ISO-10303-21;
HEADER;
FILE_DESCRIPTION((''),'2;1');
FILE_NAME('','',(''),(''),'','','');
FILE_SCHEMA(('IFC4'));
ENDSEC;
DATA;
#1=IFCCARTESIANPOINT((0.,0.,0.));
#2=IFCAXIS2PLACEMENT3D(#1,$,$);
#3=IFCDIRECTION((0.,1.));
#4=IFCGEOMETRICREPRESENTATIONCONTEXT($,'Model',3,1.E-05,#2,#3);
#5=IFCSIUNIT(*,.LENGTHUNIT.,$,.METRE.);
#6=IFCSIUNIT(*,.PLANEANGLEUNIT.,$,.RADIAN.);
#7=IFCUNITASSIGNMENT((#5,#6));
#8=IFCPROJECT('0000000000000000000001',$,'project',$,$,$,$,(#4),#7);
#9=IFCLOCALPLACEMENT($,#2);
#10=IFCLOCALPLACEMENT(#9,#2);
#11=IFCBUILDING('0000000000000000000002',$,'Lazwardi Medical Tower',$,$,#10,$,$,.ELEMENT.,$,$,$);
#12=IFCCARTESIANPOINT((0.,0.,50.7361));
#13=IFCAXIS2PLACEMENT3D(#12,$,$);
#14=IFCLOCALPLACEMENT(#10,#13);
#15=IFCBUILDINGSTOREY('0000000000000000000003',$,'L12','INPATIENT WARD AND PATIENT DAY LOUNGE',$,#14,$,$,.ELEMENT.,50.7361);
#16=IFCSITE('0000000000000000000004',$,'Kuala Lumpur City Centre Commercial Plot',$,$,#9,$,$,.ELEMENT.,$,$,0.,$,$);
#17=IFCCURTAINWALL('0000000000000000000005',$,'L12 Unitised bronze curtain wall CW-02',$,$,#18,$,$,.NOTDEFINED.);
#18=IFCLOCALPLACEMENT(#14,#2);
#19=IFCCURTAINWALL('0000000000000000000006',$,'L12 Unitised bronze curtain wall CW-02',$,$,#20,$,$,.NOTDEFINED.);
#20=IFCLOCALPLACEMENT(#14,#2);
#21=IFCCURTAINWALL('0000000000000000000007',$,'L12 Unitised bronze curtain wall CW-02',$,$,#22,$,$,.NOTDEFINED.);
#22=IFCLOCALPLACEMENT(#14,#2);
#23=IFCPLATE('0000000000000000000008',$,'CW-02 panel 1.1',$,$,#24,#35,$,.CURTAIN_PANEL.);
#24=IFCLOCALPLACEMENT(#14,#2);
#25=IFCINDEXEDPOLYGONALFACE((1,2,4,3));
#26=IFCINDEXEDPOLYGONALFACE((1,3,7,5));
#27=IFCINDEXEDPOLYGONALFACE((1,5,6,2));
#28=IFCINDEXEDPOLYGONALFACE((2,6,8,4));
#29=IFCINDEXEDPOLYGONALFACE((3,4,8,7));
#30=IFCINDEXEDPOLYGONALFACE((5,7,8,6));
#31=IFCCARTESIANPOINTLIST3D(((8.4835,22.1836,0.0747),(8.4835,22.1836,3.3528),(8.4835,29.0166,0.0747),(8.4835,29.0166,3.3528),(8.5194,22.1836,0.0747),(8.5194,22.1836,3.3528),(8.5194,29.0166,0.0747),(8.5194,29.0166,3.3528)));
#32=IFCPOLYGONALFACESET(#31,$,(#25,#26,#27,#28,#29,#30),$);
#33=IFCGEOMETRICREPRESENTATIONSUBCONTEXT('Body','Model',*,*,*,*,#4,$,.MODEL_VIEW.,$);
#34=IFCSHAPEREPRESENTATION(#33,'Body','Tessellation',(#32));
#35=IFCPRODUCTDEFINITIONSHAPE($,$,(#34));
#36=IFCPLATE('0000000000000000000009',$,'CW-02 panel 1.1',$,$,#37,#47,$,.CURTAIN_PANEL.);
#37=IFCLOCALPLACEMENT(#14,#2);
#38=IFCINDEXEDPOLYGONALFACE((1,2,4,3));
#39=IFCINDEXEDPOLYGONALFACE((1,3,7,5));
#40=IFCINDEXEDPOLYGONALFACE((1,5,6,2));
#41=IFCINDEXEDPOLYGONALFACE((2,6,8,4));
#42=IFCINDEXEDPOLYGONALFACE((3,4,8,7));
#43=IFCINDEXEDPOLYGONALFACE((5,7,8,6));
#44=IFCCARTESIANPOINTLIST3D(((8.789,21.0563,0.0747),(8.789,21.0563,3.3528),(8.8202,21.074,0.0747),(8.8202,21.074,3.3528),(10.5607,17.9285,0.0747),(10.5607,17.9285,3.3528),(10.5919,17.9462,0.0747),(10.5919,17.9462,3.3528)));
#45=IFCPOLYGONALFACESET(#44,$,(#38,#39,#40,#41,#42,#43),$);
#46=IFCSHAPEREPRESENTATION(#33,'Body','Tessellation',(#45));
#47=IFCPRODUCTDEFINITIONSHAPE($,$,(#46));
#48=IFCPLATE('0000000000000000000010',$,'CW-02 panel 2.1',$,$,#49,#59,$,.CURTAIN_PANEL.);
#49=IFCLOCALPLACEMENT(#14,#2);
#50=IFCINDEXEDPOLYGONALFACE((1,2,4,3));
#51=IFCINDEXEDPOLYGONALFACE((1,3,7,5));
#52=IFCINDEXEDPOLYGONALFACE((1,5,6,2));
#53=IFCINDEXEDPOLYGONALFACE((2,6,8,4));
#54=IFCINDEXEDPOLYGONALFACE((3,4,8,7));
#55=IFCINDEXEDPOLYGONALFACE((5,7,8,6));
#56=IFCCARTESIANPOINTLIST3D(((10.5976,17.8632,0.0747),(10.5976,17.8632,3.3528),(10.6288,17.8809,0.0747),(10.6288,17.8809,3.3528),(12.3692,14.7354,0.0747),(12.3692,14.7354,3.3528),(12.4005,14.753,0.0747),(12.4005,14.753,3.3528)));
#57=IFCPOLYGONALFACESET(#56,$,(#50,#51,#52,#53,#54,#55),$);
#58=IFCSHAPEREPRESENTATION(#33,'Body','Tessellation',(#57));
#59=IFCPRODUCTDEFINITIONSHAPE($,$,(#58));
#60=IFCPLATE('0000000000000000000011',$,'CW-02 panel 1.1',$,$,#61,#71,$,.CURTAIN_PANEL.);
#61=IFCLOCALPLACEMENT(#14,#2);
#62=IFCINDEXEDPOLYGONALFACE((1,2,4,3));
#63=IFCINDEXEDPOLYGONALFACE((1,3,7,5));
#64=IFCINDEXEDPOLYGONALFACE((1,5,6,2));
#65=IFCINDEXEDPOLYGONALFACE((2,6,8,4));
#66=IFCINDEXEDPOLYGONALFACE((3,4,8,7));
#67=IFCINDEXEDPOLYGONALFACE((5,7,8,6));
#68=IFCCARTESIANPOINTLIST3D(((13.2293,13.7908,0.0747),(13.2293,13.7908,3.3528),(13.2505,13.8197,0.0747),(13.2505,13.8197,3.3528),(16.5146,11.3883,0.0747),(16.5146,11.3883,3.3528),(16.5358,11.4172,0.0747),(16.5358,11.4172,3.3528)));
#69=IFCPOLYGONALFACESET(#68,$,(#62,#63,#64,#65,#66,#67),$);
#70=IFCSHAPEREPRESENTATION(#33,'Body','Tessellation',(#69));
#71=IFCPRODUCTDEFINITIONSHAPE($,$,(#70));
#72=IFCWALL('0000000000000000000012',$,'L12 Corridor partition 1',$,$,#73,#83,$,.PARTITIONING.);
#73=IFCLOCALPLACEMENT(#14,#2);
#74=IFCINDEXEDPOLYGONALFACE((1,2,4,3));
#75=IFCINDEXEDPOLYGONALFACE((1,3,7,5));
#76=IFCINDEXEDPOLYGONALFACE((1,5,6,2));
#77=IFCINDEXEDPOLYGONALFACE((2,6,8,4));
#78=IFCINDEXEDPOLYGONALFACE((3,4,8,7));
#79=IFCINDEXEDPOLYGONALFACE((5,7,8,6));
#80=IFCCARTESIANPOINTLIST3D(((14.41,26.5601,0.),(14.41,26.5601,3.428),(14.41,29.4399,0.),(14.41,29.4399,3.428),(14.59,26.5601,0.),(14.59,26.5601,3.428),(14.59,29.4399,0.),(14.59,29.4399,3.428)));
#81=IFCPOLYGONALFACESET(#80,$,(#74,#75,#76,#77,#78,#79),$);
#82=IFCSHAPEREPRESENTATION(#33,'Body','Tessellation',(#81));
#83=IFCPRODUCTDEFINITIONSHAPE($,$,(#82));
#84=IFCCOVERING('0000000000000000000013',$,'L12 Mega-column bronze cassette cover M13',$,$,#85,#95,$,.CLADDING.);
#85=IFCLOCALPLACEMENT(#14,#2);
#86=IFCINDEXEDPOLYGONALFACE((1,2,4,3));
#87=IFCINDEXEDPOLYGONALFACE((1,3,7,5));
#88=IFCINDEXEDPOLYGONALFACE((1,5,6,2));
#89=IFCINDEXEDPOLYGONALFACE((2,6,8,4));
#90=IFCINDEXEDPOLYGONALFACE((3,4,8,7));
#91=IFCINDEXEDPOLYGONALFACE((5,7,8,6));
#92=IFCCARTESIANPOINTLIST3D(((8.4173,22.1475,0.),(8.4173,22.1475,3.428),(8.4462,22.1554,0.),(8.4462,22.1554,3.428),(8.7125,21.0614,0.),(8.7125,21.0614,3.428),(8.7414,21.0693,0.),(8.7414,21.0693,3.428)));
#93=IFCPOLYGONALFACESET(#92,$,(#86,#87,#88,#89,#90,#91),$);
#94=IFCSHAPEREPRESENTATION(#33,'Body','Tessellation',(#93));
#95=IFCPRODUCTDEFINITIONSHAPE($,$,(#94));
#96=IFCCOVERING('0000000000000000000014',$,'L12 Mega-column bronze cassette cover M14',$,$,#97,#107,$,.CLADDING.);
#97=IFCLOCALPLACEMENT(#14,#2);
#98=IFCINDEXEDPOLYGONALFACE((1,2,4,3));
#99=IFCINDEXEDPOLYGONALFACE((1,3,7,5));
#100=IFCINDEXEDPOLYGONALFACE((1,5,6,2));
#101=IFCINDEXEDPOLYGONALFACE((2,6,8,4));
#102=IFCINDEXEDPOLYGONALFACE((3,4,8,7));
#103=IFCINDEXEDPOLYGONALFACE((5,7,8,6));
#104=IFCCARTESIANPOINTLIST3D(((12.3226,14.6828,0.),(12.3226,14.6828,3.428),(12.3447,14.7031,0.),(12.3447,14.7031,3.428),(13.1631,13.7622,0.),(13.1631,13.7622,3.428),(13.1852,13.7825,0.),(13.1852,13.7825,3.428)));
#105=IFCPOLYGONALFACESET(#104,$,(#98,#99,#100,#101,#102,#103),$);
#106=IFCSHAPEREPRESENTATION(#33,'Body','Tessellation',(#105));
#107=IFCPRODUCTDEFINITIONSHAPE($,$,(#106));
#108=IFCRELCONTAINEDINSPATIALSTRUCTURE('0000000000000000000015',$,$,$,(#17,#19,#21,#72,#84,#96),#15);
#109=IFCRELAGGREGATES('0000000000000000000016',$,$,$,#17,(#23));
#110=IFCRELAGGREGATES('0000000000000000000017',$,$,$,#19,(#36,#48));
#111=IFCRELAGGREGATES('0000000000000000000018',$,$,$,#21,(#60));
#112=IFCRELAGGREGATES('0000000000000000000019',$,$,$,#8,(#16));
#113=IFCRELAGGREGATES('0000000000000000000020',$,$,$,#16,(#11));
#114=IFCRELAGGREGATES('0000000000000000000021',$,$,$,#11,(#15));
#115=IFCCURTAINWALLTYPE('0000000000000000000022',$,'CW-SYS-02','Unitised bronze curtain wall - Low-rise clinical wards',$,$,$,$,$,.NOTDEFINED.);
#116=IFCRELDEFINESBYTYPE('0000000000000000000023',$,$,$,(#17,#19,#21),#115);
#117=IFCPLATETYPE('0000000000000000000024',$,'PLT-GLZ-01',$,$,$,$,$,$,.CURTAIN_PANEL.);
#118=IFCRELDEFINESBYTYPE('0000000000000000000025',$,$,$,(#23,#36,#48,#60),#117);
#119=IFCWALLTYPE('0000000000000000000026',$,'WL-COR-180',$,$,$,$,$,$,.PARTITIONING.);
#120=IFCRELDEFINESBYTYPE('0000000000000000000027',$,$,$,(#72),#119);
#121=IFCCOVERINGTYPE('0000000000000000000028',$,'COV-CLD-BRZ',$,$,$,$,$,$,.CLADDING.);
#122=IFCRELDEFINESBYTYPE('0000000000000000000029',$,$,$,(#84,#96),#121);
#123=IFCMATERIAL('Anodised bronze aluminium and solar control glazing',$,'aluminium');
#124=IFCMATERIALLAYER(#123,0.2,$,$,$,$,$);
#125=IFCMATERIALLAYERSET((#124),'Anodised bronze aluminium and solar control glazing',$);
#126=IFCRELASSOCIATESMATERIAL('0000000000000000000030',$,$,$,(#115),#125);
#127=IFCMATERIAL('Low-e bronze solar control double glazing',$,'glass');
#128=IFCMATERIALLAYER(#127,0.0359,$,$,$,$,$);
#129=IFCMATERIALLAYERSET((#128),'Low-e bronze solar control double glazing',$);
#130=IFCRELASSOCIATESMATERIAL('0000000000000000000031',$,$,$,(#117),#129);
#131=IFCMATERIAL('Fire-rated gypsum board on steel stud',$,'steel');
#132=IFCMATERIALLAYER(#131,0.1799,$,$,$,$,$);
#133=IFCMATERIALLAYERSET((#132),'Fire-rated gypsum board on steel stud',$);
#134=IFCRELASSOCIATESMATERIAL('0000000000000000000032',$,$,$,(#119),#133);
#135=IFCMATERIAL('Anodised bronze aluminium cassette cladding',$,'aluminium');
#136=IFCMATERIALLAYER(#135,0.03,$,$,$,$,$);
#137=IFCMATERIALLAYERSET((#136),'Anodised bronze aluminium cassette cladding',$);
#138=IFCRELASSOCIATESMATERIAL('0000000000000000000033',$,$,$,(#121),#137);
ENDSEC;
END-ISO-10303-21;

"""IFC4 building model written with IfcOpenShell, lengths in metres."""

from ifc_helpers import new_model, si_unit, direction, frame, frame_2d, origin, origin_2d, place, context, subcontext, project, spatial, rectangle, extrude, material, layer, layer_set, type_object, element, aggregate, save


model = new_model("IFC4")

# Units and contexts
model_context = context("Model", 3, precision=1e-05, world=origin(), true_north=direction((0.0, 1.0)))
body_context = subcontext(model_context, "Body", "Model", "MODEL_VIEW")
ifc_project = project(units=[si_unit("LENGTHUNIT", "METRE"), si_unit("PLANEANGLEUNIT", "RADIAN")], contexts=[model_context])

# Site, building, storey
site_placement = place(None, origin())
site = spatial("IfcSite", under=ifc_project, at=site_placement, Name="Kuala Lumpur City Centre Commercial Plot", CompositionType="ELEMENT", RefElevation=0.0)
building_placement = place(site_placement, origin())
building = spatial("IfcBuilding", under=site, at=building_placement, Name="Lazwardi Medical Tower", CompositionType="ELEMENT")
storey_placement = place(building_placement, frame((0.0, 0.0, 50.7361)))
storey = spatial("IfcBuildingStorey", under=building, at=storey_placement, Name="L12", Description="INPATIENT WARD AND PATIENT DAY LOUNGE", CompositionType="ELEMENT", Elevation=50.7361)

# Curtain wall
ifc_material_1 = material(Name="Anodised bronze aluminium and solar control glazing", Category="aluminium")
ifc_layer_1 = layer(ifc_material_1, 0.2)
ifc_layer_set_1 = layer_set([ifc_layer_1], Name="Anodised bronze aluminium and solar control glazing")
curtain_wall_type = type_object("IfcCurtainWallType", Name="CW-SYS-02", Description="Unitised bronze curtain wall - Low-rise clinical wards", PredefinedType="NOTDEFINED", material=ifc_layer_set_1)
curtain_wall_1_placement = place(storey_placement, origin())
curtain_wall_1 = element("IfcCurtainWall", 1, at=curtain_wall_1_placement, inside=storey, type_object=curtain_wall_type, Name="L12 Unitised bronze curtain wall CW-02", PredefinedType="NOTDEFINED")

# Curtain wall
curtain_wall_2_placement = place(storey_placement, origin())
curtain_wall_2 = element("IfcCurtainWall", 2, at=curtain_wall_2_placement, inside=storey, type_object=curtain_wall_type, Name="L12 Unitised bronze curtain wall CW-02", PredefinedType="NOTDEFINED")

# Curtain wall
curtain_wall_3_placement = place(storey_placement, origin())
curtain_wall_3 = element("IfcCurtainWall", 3, at=curtain_wall_3_placement, inside=storey, type_object=curtain_wall_type, Name="L12 Unitised bronze curtain wall CW-02", PredefinedType="NOTDEFINED")

# Plates
ifc_material_2 = material(Name="Low-e bronze solar control double glazing", Category="glass")
ifc_layer_2 = layer(ifc_material_2, 0.0359)
ifc_layer_set_2 = layer_set([ifc_layer_2], Name="Low-e bronze solar control double glazing")
plate_type = type_object("IfcPlateType", Name="PLT-GLZ-01", PredefinedType="CURTAIN_PANEL", material=ifc_layer_set_2)
plate_1_placement = place(storey_placement, frame((8.5015, 25.6001, 0.0747), z_axis=(0.0, 0.0, 1.0), x_axis=(0.0, -1.0, 0.0)))
plate_1 = element("IfcPlate", 4, at=plate_1_placement, type_object=plate_type, Name="CW-02 panel 1.1", PredefinedType="CURTAIN_PANEL", context=body_context, shape_type="SweptSolid", body=[
    extrude(rectangle(XDim=6.833, YDim=0.0359, at=origin_2d()), origin(), (0.0, 0.0, 1.0), 3.2781),
])
aggregate(curtain_wall_1, [plate_1])
plate_2_placement = place(storey_placement, frame((9.6904, 19.5012, 0.0747), z_axis=(0.0, 0.0, 1.0), x_axis=(0.492854, -0.870112, 0.0)))
plate_2 = element("IfcPlate", 5, at=plate_2_placement, type_object=plate_type, Name="CW-02 panel 1.1", PredefinedType="CURTAIN_PANEL", context=body_context, shape_type="SweptSolid", body=[
    extrude(rectangle(XDim=3.5947, YDim=0.0359, at=origin_2d()), origin(), (0.0, 0.0, 1.0), 3.2781),
])
plate_3_placement = place(storey_placement, frame((11.499, 16.3081, 0.0747), z_axis=(0.0, 0.0, 1.0), x_axis=(0.492854, -0.870112, 0.0)))
plate_3 = element("IfcPlate", 6, at=plate_3_placement, type_object=plate_type, Name="CW-02 panel 2.1", PredefinedType="CURTAIN_PANEL", context=body_context, shape_type="SweptSolid", body=[
    extrude(rectangle(XDim=3.5947, YDim=0.0359, at=origin_2d()), origin(), (0.0, 0.0, 1.0), 3.2781),
])
aggregate(curtain_wall_2, [plate_2, plate_3])
plate_4_placement = place(storey_placement, frame((14.8826, 12.604, 0.0747), z_axis=(0.0, 0.0, 1.0), x_axis=(0.807192, -0.590289, 0.0)))
plate_4 = element("IfcPlate", 7, at=plate_4_placement, type_object=plate_type, Name="CW-02 panel 1.1", PredefinedType="CURTAIN_PANEL", context=body_context, shape_type="SweptSolid", body=[
    extrude(rectangle(XDim=4.0701, YDim=0.0359, at=origin_2d()), origin(), (0.0, 0.0, 1.0), 3.2781),
])
aggregate(curtain_wall_3, [plate_4])

# Wall
ifc_material_3 = material(Name="Fire-rated gypsum board on steel stud", Category="steel")
ifc_layer_3 = layer(ifc_material_3, 0.1799)
ifc_layer_set_3 = layer_set([ifc_layer_3], Name="Fire-rated gypsum board on steel stud")
wall_type = type_object("IfcWallType", Name="WL-COR-180", PredefinedType="PARTITIONING", material=ifc_layer_set_3)
wall_placement = place(storey_placement, frame((14.5, 26.5601, 0.0), z_axis=(0.0, 0.0, 1.0), x_axis=(0.0, 1.0, 0.0)))
element("IfcWall", 8, at=wall_placement, inside=storey, type_object=wall_type, Name="L12 Corridor partition 1", PredefinedType="PARTITIONING", context=body_context, shape_type="SweptSolid", body=[
    extrude(rectangle(XDim=2.8799, YDim=0.1799, at=frame_2d((1.4399, 0.0))), origin(), (0.0, 0.0, 1.0), 3.428),
])

# Coverings
ifc_material_4 = material(Name="Anodised bronze aluminium cassette cladding", Category="aluminium")
ifc_layer_4 = layer(ifc_material_4, 0.03)
ifc_layer_set_4 = layer_set([ifc_layer_4], Name="Anodised bronze aluminium cassette cladding")
covering_type = type_object("IfcCoveringType", Name="COV-CLD-BRZ", PredefinedType="CLADDING", material=ifc_layer_set_4)
covering_1_placement = place(storey_placement, frame((8.5793, 21.6084, 0.0), z_axis=(0.0, 0.0, 1.0), x_axis=(0.262283, -0.964991, 0.0)))
element("IfcCovering", 9, at=covering_1_placement, inside=storey, type_object=covering_type, Name="L12 Mega-column bronze cassette cover M13", PredefinedType="CLADDING", context=body_context, shape_type="SweptSolid", body=[
    extrude(rectangle(XDim=1.1255, YDim=0.03, at=origin_2d()), origin(), (0.0, 0.0, 1.0), 3.428),
])
covering_2_placement = place(storey_placement, frame((12.7539, 14.2327, 0.0), z_axis=(0.0, 0.0, 1.0), x_axis=(0.674252, -0.738501, 0.0)))
element("IfcCovering", 10, at=covering_2_placement, inside=storey, type_object=covering_type, Name="L12 Mega-column bronze cassette cover M14", PredefinedType="CLADDING", context=body_context, shape_type="SweptSolid", body=[
    extrude(rectangle(XDim=1.2466, YDim=0.03, at=origin_2d()), origin(), (0.0, 0.0, 1.0), 3.428),
])

save(model, "model.ifc")
